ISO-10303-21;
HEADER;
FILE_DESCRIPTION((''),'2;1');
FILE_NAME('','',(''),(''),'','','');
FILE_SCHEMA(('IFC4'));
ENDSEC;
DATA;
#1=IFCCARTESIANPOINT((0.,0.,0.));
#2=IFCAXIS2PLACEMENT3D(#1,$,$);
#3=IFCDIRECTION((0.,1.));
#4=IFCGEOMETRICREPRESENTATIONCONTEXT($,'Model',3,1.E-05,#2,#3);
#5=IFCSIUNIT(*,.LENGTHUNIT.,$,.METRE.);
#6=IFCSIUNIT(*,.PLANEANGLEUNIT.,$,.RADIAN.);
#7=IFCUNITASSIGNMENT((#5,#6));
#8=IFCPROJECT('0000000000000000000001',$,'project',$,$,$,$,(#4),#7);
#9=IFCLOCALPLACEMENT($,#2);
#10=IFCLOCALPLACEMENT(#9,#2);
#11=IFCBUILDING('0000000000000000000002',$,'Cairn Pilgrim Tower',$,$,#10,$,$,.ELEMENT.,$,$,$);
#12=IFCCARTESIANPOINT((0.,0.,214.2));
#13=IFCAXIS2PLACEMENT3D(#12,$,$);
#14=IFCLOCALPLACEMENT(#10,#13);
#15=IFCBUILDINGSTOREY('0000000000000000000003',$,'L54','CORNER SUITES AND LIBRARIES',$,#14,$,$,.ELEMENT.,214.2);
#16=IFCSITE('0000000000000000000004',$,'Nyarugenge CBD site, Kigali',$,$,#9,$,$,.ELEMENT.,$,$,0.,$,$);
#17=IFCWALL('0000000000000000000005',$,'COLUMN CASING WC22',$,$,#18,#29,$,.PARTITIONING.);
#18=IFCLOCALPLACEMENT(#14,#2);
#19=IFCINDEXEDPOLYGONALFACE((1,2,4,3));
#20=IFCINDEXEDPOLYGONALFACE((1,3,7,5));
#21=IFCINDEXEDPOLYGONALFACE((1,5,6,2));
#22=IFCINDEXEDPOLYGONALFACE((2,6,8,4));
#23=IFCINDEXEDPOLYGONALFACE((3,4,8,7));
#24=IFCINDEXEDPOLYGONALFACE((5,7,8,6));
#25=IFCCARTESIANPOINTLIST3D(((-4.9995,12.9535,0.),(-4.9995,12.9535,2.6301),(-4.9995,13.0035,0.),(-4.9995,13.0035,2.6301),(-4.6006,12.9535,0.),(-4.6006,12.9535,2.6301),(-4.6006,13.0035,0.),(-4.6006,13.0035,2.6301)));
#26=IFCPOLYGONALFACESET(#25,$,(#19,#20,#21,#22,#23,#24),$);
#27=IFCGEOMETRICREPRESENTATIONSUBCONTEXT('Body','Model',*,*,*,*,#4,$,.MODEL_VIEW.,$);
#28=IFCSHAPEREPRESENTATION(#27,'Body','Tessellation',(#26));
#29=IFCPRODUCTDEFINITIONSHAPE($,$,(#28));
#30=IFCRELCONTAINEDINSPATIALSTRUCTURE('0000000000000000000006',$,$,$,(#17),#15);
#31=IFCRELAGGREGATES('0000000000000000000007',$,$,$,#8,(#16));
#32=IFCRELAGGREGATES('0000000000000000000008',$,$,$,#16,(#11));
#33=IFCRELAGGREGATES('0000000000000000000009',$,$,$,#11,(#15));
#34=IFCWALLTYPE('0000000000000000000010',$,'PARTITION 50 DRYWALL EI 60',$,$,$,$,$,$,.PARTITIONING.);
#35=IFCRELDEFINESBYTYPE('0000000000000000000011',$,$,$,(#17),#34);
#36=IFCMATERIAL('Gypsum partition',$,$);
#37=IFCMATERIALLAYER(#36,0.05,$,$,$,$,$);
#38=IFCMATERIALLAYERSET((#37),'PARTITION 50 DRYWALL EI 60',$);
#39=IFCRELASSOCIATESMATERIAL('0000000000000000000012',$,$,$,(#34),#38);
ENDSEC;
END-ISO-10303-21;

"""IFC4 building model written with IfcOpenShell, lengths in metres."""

from ifc_helpers import new_model, si_unit, direction, frame, frame_2d, origin, place, context, subcontext, project, spatial, rectangle, extrude, material, layer, layer_set, type_object, element, save


model = new_model("IFC4")

# Units and contexts
model_context = context("Model", 3, precision=1e-05, world=origin(), true_north=direction((0.0, 1.0)))
body_context = subcontext(model_context, "Body", "Model", "MODEL_VIEW")
ifc_project = project(units=[si_unit("LENGTHUNIT", "METRE"), si_unit("PLANEANGLEUNIT", "RADIAN")], contexts=[model_context])

# Site, building, storey
site_placement = place(None, origin())
site = spatial("IfcSite", under=ifc_project, at=site_placement, Name="Nyarugenge CBD site, Kigali", CompositionType="ELEMENT", RefElevation=0.0)
building_placement = place(site_placement, origin())
building = spatial("IfcBuilding", under=site, at=building_placement, Name="Cairn Pilgrim Tower", CompositionType="ELEMENT")
storey_placement = place(building_placement, frame((0.0, 0.0, 214.2)))
storey = spatial("IfcBuildingStorey", under=building, at=storey_placement, Name="L54", Description="CORNER SUITES AND LIBRARIES", CompositionType="ELEMENT", Elevation=214.2)

# Shared definitions
ifc_material_1 = material(Name="Gypsum partition")

# Wall
ifc_layer_1 = layer(ifc_material_1, 0.05)
ifc_layer_set_1 = layer_set([ifc_layer_1], Name="PARTITION 50 DRYWALL EI 60")
wall_type_1 = type_object("IfcWallType", Name="PARTITION 50 DRYWALL EI 60", PredefinedType="PARTITIONING", material=ifc_layer_set_1)
wall_1_placement = place(storey_placement, frame((-4.9995, 12.9785, 0.0), z_axis=(0.0, 0.0, 1.0), x_axis=(1.0, 0.0, 0.0)))
element("IfcWall", 1, at=wall_1_placement, inside=storey, type_object=wall_type_1, Name="COLUMN CASING WC22", PredefinedType="PARTITIONING", context=body_context, shape_type="SweptSolid", body=[
    extrude(rectangle(XDim=0.3989, YDim=0.05, at=frame_2d((0.1995, 0.0))), origin(), (0.0, 0.0, 1.0), 2.6301),
])

save(model, "model.ifc")
